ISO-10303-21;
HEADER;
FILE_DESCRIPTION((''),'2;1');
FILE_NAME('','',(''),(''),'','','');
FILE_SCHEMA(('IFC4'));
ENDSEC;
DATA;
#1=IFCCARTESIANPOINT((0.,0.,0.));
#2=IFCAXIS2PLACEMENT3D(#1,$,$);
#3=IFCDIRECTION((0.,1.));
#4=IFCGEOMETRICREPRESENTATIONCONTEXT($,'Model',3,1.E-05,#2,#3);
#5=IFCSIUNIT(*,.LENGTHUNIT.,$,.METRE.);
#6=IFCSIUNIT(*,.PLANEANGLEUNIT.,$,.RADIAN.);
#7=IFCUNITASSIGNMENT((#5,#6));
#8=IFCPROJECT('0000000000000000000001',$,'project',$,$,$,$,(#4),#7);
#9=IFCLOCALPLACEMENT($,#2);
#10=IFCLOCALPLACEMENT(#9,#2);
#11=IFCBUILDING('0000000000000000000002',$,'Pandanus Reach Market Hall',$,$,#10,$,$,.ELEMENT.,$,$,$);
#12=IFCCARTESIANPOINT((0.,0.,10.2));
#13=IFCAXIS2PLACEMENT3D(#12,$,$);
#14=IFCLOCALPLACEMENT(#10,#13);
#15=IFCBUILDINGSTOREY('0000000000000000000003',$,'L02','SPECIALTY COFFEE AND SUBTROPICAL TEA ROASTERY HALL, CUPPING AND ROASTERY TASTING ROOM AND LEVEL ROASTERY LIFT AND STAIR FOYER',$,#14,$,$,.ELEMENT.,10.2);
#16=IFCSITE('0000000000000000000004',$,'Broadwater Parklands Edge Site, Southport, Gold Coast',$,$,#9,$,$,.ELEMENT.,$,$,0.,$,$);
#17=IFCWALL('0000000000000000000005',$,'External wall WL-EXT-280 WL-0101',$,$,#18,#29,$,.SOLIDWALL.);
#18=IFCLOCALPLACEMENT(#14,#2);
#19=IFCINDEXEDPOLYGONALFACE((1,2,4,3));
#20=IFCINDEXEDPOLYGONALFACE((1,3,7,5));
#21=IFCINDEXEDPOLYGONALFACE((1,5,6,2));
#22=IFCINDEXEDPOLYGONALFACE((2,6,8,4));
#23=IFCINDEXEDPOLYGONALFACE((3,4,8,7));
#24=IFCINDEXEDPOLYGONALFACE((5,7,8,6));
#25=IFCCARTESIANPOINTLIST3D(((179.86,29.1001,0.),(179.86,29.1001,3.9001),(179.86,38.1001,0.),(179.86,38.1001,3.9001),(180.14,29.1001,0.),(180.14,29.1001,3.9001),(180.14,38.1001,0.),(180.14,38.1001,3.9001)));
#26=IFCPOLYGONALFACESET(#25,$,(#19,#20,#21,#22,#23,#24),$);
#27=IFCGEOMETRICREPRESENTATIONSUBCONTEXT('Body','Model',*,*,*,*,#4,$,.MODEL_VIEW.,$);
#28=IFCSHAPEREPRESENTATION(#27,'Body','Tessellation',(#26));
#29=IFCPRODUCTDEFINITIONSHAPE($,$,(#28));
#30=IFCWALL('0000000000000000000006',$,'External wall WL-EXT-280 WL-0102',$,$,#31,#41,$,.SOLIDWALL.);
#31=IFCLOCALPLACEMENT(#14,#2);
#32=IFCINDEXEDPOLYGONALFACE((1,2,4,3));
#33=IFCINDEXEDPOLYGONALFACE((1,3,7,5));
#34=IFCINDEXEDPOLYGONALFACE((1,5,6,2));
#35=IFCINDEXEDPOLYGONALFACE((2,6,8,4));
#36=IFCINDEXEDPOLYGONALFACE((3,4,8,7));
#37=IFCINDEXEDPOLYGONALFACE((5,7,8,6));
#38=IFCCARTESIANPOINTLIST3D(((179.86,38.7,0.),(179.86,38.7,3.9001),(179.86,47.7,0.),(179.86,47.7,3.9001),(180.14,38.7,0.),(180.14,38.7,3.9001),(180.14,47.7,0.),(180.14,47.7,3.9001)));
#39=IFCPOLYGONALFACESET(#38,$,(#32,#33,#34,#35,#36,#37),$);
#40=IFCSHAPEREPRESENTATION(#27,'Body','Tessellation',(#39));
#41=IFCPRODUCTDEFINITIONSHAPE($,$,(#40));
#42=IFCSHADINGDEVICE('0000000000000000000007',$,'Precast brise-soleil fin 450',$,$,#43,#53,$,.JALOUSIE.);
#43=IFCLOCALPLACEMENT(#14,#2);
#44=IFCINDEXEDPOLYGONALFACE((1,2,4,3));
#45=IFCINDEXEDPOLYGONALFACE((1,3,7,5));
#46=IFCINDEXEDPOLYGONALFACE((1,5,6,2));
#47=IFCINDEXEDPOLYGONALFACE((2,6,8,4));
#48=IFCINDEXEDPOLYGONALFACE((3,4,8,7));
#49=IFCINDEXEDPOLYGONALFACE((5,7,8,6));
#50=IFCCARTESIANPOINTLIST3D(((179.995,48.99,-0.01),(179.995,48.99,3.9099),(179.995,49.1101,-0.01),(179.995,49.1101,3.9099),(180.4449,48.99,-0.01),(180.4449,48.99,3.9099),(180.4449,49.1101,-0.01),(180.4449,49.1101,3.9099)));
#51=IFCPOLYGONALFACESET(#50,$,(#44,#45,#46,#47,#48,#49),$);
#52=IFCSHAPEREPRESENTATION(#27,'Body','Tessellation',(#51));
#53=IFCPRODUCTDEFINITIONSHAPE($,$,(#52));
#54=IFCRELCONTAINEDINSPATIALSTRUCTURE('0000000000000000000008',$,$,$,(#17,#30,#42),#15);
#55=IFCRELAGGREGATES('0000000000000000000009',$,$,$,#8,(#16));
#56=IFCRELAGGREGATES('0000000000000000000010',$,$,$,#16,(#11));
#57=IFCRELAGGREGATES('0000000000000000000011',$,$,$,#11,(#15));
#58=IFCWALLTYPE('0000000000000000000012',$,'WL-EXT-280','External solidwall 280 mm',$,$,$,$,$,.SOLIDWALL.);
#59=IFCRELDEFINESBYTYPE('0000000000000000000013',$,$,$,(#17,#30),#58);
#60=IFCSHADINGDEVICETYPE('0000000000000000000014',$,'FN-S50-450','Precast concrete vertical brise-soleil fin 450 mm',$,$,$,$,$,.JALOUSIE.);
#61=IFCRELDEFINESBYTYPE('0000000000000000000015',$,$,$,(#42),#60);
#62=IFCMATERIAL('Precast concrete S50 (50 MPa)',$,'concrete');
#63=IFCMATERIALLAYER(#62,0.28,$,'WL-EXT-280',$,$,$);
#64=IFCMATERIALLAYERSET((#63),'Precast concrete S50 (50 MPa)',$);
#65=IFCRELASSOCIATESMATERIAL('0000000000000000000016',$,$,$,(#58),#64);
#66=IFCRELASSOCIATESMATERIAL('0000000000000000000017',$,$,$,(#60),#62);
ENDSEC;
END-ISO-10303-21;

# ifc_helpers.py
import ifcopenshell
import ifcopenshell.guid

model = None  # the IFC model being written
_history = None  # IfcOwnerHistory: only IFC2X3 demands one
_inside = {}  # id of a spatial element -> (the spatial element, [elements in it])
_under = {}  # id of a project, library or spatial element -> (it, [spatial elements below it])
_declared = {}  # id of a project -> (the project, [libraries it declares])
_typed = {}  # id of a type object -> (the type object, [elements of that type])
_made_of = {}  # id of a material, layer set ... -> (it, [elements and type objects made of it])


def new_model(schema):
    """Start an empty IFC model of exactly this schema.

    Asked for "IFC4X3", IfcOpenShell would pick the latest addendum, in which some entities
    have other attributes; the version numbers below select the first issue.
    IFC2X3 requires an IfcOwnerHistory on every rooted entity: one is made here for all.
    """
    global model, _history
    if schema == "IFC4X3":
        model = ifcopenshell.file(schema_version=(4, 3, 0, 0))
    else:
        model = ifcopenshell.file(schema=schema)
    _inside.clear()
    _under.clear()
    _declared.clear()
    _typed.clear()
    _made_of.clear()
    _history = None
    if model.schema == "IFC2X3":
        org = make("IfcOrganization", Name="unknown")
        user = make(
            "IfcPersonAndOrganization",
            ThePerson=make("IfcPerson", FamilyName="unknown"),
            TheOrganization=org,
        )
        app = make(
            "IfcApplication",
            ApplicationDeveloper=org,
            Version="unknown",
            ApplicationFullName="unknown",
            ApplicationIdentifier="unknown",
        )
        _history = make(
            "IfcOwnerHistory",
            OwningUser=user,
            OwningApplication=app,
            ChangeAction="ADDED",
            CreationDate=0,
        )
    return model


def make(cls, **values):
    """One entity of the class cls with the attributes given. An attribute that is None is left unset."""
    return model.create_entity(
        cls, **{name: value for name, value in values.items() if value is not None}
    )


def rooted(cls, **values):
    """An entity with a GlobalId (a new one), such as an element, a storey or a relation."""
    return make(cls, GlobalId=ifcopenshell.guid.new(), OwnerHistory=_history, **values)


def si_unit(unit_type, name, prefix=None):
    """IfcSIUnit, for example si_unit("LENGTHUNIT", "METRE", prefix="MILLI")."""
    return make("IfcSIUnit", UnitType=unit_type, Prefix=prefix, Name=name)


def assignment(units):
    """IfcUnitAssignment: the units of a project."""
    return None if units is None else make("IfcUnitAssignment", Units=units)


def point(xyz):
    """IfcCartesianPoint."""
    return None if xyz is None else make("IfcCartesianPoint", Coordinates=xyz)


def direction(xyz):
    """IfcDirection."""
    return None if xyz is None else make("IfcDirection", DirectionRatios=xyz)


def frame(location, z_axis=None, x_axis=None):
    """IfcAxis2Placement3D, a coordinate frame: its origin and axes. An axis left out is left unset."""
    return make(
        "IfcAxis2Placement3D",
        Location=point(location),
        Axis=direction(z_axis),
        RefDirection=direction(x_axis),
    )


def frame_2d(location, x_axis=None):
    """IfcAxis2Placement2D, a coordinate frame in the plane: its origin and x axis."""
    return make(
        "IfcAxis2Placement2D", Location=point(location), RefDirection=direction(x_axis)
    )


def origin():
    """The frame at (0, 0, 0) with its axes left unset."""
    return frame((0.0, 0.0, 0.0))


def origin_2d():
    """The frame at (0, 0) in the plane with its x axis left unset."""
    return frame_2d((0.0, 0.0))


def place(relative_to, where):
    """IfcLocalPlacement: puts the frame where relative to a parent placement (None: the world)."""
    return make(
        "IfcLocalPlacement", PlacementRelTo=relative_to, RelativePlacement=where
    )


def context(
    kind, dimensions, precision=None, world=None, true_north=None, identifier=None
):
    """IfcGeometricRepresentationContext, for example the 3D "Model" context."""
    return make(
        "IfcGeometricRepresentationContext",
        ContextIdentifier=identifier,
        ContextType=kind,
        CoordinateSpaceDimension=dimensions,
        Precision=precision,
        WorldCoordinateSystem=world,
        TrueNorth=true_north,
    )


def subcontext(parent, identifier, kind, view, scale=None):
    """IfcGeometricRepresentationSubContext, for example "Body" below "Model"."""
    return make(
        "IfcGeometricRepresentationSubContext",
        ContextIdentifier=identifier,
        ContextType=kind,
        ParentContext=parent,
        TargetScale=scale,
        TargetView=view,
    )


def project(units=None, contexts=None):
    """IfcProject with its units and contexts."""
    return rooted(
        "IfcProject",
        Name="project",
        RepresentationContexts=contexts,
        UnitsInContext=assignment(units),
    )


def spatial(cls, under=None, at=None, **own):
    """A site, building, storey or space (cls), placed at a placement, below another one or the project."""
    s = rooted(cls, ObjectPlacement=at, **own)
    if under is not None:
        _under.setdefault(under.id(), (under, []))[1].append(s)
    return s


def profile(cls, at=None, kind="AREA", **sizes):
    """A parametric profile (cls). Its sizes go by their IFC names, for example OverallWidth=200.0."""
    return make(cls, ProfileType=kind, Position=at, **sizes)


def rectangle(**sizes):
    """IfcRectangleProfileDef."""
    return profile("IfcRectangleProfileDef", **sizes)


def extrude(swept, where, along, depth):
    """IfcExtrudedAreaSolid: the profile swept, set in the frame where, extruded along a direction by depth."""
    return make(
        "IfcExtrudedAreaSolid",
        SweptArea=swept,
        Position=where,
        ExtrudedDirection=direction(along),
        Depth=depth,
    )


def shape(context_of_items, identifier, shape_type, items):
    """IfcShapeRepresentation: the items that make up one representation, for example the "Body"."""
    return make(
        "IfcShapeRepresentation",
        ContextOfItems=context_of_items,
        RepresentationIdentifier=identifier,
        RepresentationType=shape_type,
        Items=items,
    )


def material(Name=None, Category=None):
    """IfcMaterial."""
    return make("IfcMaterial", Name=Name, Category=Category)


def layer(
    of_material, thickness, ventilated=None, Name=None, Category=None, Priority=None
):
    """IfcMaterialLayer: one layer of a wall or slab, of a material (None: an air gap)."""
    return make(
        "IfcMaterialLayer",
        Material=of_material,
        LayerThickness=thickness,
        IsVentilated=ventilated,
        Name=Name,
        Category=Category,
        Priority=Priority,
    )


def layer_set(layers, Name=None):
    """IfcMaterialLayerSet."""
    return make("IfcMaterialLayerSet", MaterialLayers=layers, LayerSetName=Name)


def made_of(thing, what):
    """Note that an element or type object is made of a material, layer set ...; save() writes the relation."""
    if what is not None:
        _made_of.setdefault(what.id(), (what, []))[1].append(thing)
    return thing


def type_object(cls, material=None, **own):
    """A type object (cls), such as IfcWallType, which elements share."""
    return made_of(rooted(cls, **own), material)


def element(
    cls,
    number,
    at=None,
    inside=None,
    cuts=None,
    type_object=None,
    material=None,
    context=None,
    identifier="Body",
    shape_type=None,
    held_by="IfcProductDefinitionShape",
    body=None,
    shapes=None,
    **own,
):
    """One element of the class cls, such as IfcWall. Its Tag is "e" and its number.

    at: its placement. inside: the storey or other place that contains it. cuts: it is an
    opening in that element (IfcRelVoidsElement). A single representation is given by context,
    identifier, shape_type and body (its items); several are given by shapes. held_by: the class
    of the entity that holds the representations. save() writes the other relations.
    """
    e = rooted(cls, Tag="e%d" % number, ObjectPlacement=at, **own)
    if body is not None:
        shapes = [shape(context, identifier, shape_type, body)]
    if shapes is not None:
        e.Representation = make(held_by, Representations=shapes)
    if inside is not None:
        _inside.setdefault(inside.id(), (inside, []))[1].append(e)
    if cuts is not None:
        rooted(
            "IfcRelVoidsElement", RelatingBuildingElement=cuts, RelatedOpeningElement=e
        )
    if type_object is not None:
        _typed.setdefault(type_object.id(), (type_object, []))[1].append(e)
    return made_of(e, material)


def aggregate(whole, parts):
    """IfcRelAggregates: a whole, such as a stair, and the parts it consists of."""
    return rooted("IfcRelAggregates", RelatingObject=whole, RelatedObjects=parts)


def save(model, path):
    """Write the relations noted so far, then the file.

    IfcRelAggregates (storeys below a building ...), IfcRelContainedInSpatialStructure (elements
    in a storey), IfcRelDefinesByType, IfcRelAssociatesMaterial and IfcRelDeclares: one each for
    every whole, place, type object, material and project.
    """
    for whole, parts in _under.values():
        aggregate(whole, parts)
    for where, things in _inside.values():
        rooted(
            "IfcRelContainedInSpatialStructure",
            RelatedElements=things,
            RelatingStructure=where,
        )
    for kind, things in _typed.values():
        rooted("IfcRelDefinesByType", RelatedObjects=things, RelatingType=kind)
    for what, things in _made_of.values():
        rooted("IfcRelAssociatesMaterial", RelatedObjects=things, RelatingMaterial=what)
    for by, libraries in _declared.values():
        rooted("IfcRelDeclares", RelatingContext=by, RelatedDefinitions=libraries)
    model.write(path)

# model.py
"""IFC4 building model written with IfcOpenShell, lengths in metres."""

from ifc_helpers import new_model, si_unit, direction, frame, frame_2d, origin, origin_2d, place, context, subcontext, project, spatial, rectangle, extrude, material, layer, layer_set, type_object, element, save


model = new_model("IFC4")

# Units and contexts
model_context = context("Model", 3, precision=1e-05, world=origin(), true_north=direction((0.0, 1.0)))
body_context = subcontext(model_context, "Body", "Model", "MODEL_VIEW")
ifc_project = project(units=[si_unit("LENGTHUNIT", "METRE"), si_unit("PLANEANGLEUNIT", "RADIAN")], contexts=[model_context])

# Site, building, storey
site_placement = place(None, origin())
site = spatial("IfcSite", under=ifc_project, at=site_placement, Name="Broadwater Parklands Edge Site, Southport, Gold Coast", CompositionType="ELEMENT", RefElevation=0.0)
building_placement = place(site_placement, origin())
building = spatial("IfcBuilding", under=site, at=building_placement, Name="Pandanus Reach Market Hall", CompositionType="ELEMENT")
storey_placement = place(building_placement, frame((0.0, 0.0, 10.2)))
storey = spatial("IfcBuildingStorey", under=building, at=storey_placement, Name="L02", Description="SPECIALTY COFFEE AND SUBTROPICAL TEA ROASTERY HALL, CUPPING AND ROASTERY TASTING ROOM AND LEVEL ROASTERY LIFT AND STAIR FOYER", CompositionType="ELEMENT", Elevation=10.2)

# Walls
ifc_material_1 = material(Name="Precast concrete S50 (50 MPa)", Category="concrete")
ifc_layer_1 = layer(ifc_material_1, 0.28, Name="WL-EXT-280")
ifc_layer_set_1 = layer_set([ifc_layer_1], Name="Precast concrete S50 (50 MPa)")
wall_type_1 = type_object("IfcWallType", Name="WL-EXT-280", Description="External solidwall 280 mm", PredefinedType="SOLIDWALL", material=ifc_layer_set_1)
for number, where, z_axis, x_axis, name in (
    (1, (180.0, 29.1001, 0.0), (0.0, 0.0, 1.0), (0.0, 1.0, 0.0), "External wall WL-EXT-280 WL-0101"),
    (2, (180.0, 38.7, 0.0), (0.0, 0.0, 1.0), (0.0, 1.0, 0.0), "External wall WL-EXT-280 WL-0102"),
):
    element("IfcWall", number, at=place(storey_placement, frame(where, z_axis=z_axis, x_axis=x_axis)), inside=storey, type_object=wall_type_1, Name=name, PredefinedType="SOLIDWALL", context=body_context, shape_type="SweptSolid", body=[
        extrude(rectangle(XDim=9.0, YDim=0.28, at=frame_2d((4.5, 0.0))), origin(), (0.0, 0.0, 1.0), 3.9001),
    ])

# Shading device
shading_device_type = type_object("IfcShadingDeviceType", Name="FN-S50-450", Description="Precast concrete vertical brise-soleil fin 450 mm", PredefinedType="JALOUSIE", material=ifc_material_1)
shading_device_placement = place(storey_placement, frame((180.22, 49.05, -0.01), z_axis=(0.0, 0.0, 1.0), x_axis=(1.0, 0.0, 0.0)))
element("IfcShadingDevice", 3, at=shading_device_placement, inside=storey, type_object=shading_device_type, Name="Precast brise-soleil fin 450", PredefinedType="JALOUSIE", context=body_context, shape_type="SweptSolid", body=[
    extrude(rectangle(XDim=0.45, YDim=0.1201, at=origin_2d()), origin(), (0.0, 0.0, 1.0), 3.9199),
])

save(model, "model.ifc")
